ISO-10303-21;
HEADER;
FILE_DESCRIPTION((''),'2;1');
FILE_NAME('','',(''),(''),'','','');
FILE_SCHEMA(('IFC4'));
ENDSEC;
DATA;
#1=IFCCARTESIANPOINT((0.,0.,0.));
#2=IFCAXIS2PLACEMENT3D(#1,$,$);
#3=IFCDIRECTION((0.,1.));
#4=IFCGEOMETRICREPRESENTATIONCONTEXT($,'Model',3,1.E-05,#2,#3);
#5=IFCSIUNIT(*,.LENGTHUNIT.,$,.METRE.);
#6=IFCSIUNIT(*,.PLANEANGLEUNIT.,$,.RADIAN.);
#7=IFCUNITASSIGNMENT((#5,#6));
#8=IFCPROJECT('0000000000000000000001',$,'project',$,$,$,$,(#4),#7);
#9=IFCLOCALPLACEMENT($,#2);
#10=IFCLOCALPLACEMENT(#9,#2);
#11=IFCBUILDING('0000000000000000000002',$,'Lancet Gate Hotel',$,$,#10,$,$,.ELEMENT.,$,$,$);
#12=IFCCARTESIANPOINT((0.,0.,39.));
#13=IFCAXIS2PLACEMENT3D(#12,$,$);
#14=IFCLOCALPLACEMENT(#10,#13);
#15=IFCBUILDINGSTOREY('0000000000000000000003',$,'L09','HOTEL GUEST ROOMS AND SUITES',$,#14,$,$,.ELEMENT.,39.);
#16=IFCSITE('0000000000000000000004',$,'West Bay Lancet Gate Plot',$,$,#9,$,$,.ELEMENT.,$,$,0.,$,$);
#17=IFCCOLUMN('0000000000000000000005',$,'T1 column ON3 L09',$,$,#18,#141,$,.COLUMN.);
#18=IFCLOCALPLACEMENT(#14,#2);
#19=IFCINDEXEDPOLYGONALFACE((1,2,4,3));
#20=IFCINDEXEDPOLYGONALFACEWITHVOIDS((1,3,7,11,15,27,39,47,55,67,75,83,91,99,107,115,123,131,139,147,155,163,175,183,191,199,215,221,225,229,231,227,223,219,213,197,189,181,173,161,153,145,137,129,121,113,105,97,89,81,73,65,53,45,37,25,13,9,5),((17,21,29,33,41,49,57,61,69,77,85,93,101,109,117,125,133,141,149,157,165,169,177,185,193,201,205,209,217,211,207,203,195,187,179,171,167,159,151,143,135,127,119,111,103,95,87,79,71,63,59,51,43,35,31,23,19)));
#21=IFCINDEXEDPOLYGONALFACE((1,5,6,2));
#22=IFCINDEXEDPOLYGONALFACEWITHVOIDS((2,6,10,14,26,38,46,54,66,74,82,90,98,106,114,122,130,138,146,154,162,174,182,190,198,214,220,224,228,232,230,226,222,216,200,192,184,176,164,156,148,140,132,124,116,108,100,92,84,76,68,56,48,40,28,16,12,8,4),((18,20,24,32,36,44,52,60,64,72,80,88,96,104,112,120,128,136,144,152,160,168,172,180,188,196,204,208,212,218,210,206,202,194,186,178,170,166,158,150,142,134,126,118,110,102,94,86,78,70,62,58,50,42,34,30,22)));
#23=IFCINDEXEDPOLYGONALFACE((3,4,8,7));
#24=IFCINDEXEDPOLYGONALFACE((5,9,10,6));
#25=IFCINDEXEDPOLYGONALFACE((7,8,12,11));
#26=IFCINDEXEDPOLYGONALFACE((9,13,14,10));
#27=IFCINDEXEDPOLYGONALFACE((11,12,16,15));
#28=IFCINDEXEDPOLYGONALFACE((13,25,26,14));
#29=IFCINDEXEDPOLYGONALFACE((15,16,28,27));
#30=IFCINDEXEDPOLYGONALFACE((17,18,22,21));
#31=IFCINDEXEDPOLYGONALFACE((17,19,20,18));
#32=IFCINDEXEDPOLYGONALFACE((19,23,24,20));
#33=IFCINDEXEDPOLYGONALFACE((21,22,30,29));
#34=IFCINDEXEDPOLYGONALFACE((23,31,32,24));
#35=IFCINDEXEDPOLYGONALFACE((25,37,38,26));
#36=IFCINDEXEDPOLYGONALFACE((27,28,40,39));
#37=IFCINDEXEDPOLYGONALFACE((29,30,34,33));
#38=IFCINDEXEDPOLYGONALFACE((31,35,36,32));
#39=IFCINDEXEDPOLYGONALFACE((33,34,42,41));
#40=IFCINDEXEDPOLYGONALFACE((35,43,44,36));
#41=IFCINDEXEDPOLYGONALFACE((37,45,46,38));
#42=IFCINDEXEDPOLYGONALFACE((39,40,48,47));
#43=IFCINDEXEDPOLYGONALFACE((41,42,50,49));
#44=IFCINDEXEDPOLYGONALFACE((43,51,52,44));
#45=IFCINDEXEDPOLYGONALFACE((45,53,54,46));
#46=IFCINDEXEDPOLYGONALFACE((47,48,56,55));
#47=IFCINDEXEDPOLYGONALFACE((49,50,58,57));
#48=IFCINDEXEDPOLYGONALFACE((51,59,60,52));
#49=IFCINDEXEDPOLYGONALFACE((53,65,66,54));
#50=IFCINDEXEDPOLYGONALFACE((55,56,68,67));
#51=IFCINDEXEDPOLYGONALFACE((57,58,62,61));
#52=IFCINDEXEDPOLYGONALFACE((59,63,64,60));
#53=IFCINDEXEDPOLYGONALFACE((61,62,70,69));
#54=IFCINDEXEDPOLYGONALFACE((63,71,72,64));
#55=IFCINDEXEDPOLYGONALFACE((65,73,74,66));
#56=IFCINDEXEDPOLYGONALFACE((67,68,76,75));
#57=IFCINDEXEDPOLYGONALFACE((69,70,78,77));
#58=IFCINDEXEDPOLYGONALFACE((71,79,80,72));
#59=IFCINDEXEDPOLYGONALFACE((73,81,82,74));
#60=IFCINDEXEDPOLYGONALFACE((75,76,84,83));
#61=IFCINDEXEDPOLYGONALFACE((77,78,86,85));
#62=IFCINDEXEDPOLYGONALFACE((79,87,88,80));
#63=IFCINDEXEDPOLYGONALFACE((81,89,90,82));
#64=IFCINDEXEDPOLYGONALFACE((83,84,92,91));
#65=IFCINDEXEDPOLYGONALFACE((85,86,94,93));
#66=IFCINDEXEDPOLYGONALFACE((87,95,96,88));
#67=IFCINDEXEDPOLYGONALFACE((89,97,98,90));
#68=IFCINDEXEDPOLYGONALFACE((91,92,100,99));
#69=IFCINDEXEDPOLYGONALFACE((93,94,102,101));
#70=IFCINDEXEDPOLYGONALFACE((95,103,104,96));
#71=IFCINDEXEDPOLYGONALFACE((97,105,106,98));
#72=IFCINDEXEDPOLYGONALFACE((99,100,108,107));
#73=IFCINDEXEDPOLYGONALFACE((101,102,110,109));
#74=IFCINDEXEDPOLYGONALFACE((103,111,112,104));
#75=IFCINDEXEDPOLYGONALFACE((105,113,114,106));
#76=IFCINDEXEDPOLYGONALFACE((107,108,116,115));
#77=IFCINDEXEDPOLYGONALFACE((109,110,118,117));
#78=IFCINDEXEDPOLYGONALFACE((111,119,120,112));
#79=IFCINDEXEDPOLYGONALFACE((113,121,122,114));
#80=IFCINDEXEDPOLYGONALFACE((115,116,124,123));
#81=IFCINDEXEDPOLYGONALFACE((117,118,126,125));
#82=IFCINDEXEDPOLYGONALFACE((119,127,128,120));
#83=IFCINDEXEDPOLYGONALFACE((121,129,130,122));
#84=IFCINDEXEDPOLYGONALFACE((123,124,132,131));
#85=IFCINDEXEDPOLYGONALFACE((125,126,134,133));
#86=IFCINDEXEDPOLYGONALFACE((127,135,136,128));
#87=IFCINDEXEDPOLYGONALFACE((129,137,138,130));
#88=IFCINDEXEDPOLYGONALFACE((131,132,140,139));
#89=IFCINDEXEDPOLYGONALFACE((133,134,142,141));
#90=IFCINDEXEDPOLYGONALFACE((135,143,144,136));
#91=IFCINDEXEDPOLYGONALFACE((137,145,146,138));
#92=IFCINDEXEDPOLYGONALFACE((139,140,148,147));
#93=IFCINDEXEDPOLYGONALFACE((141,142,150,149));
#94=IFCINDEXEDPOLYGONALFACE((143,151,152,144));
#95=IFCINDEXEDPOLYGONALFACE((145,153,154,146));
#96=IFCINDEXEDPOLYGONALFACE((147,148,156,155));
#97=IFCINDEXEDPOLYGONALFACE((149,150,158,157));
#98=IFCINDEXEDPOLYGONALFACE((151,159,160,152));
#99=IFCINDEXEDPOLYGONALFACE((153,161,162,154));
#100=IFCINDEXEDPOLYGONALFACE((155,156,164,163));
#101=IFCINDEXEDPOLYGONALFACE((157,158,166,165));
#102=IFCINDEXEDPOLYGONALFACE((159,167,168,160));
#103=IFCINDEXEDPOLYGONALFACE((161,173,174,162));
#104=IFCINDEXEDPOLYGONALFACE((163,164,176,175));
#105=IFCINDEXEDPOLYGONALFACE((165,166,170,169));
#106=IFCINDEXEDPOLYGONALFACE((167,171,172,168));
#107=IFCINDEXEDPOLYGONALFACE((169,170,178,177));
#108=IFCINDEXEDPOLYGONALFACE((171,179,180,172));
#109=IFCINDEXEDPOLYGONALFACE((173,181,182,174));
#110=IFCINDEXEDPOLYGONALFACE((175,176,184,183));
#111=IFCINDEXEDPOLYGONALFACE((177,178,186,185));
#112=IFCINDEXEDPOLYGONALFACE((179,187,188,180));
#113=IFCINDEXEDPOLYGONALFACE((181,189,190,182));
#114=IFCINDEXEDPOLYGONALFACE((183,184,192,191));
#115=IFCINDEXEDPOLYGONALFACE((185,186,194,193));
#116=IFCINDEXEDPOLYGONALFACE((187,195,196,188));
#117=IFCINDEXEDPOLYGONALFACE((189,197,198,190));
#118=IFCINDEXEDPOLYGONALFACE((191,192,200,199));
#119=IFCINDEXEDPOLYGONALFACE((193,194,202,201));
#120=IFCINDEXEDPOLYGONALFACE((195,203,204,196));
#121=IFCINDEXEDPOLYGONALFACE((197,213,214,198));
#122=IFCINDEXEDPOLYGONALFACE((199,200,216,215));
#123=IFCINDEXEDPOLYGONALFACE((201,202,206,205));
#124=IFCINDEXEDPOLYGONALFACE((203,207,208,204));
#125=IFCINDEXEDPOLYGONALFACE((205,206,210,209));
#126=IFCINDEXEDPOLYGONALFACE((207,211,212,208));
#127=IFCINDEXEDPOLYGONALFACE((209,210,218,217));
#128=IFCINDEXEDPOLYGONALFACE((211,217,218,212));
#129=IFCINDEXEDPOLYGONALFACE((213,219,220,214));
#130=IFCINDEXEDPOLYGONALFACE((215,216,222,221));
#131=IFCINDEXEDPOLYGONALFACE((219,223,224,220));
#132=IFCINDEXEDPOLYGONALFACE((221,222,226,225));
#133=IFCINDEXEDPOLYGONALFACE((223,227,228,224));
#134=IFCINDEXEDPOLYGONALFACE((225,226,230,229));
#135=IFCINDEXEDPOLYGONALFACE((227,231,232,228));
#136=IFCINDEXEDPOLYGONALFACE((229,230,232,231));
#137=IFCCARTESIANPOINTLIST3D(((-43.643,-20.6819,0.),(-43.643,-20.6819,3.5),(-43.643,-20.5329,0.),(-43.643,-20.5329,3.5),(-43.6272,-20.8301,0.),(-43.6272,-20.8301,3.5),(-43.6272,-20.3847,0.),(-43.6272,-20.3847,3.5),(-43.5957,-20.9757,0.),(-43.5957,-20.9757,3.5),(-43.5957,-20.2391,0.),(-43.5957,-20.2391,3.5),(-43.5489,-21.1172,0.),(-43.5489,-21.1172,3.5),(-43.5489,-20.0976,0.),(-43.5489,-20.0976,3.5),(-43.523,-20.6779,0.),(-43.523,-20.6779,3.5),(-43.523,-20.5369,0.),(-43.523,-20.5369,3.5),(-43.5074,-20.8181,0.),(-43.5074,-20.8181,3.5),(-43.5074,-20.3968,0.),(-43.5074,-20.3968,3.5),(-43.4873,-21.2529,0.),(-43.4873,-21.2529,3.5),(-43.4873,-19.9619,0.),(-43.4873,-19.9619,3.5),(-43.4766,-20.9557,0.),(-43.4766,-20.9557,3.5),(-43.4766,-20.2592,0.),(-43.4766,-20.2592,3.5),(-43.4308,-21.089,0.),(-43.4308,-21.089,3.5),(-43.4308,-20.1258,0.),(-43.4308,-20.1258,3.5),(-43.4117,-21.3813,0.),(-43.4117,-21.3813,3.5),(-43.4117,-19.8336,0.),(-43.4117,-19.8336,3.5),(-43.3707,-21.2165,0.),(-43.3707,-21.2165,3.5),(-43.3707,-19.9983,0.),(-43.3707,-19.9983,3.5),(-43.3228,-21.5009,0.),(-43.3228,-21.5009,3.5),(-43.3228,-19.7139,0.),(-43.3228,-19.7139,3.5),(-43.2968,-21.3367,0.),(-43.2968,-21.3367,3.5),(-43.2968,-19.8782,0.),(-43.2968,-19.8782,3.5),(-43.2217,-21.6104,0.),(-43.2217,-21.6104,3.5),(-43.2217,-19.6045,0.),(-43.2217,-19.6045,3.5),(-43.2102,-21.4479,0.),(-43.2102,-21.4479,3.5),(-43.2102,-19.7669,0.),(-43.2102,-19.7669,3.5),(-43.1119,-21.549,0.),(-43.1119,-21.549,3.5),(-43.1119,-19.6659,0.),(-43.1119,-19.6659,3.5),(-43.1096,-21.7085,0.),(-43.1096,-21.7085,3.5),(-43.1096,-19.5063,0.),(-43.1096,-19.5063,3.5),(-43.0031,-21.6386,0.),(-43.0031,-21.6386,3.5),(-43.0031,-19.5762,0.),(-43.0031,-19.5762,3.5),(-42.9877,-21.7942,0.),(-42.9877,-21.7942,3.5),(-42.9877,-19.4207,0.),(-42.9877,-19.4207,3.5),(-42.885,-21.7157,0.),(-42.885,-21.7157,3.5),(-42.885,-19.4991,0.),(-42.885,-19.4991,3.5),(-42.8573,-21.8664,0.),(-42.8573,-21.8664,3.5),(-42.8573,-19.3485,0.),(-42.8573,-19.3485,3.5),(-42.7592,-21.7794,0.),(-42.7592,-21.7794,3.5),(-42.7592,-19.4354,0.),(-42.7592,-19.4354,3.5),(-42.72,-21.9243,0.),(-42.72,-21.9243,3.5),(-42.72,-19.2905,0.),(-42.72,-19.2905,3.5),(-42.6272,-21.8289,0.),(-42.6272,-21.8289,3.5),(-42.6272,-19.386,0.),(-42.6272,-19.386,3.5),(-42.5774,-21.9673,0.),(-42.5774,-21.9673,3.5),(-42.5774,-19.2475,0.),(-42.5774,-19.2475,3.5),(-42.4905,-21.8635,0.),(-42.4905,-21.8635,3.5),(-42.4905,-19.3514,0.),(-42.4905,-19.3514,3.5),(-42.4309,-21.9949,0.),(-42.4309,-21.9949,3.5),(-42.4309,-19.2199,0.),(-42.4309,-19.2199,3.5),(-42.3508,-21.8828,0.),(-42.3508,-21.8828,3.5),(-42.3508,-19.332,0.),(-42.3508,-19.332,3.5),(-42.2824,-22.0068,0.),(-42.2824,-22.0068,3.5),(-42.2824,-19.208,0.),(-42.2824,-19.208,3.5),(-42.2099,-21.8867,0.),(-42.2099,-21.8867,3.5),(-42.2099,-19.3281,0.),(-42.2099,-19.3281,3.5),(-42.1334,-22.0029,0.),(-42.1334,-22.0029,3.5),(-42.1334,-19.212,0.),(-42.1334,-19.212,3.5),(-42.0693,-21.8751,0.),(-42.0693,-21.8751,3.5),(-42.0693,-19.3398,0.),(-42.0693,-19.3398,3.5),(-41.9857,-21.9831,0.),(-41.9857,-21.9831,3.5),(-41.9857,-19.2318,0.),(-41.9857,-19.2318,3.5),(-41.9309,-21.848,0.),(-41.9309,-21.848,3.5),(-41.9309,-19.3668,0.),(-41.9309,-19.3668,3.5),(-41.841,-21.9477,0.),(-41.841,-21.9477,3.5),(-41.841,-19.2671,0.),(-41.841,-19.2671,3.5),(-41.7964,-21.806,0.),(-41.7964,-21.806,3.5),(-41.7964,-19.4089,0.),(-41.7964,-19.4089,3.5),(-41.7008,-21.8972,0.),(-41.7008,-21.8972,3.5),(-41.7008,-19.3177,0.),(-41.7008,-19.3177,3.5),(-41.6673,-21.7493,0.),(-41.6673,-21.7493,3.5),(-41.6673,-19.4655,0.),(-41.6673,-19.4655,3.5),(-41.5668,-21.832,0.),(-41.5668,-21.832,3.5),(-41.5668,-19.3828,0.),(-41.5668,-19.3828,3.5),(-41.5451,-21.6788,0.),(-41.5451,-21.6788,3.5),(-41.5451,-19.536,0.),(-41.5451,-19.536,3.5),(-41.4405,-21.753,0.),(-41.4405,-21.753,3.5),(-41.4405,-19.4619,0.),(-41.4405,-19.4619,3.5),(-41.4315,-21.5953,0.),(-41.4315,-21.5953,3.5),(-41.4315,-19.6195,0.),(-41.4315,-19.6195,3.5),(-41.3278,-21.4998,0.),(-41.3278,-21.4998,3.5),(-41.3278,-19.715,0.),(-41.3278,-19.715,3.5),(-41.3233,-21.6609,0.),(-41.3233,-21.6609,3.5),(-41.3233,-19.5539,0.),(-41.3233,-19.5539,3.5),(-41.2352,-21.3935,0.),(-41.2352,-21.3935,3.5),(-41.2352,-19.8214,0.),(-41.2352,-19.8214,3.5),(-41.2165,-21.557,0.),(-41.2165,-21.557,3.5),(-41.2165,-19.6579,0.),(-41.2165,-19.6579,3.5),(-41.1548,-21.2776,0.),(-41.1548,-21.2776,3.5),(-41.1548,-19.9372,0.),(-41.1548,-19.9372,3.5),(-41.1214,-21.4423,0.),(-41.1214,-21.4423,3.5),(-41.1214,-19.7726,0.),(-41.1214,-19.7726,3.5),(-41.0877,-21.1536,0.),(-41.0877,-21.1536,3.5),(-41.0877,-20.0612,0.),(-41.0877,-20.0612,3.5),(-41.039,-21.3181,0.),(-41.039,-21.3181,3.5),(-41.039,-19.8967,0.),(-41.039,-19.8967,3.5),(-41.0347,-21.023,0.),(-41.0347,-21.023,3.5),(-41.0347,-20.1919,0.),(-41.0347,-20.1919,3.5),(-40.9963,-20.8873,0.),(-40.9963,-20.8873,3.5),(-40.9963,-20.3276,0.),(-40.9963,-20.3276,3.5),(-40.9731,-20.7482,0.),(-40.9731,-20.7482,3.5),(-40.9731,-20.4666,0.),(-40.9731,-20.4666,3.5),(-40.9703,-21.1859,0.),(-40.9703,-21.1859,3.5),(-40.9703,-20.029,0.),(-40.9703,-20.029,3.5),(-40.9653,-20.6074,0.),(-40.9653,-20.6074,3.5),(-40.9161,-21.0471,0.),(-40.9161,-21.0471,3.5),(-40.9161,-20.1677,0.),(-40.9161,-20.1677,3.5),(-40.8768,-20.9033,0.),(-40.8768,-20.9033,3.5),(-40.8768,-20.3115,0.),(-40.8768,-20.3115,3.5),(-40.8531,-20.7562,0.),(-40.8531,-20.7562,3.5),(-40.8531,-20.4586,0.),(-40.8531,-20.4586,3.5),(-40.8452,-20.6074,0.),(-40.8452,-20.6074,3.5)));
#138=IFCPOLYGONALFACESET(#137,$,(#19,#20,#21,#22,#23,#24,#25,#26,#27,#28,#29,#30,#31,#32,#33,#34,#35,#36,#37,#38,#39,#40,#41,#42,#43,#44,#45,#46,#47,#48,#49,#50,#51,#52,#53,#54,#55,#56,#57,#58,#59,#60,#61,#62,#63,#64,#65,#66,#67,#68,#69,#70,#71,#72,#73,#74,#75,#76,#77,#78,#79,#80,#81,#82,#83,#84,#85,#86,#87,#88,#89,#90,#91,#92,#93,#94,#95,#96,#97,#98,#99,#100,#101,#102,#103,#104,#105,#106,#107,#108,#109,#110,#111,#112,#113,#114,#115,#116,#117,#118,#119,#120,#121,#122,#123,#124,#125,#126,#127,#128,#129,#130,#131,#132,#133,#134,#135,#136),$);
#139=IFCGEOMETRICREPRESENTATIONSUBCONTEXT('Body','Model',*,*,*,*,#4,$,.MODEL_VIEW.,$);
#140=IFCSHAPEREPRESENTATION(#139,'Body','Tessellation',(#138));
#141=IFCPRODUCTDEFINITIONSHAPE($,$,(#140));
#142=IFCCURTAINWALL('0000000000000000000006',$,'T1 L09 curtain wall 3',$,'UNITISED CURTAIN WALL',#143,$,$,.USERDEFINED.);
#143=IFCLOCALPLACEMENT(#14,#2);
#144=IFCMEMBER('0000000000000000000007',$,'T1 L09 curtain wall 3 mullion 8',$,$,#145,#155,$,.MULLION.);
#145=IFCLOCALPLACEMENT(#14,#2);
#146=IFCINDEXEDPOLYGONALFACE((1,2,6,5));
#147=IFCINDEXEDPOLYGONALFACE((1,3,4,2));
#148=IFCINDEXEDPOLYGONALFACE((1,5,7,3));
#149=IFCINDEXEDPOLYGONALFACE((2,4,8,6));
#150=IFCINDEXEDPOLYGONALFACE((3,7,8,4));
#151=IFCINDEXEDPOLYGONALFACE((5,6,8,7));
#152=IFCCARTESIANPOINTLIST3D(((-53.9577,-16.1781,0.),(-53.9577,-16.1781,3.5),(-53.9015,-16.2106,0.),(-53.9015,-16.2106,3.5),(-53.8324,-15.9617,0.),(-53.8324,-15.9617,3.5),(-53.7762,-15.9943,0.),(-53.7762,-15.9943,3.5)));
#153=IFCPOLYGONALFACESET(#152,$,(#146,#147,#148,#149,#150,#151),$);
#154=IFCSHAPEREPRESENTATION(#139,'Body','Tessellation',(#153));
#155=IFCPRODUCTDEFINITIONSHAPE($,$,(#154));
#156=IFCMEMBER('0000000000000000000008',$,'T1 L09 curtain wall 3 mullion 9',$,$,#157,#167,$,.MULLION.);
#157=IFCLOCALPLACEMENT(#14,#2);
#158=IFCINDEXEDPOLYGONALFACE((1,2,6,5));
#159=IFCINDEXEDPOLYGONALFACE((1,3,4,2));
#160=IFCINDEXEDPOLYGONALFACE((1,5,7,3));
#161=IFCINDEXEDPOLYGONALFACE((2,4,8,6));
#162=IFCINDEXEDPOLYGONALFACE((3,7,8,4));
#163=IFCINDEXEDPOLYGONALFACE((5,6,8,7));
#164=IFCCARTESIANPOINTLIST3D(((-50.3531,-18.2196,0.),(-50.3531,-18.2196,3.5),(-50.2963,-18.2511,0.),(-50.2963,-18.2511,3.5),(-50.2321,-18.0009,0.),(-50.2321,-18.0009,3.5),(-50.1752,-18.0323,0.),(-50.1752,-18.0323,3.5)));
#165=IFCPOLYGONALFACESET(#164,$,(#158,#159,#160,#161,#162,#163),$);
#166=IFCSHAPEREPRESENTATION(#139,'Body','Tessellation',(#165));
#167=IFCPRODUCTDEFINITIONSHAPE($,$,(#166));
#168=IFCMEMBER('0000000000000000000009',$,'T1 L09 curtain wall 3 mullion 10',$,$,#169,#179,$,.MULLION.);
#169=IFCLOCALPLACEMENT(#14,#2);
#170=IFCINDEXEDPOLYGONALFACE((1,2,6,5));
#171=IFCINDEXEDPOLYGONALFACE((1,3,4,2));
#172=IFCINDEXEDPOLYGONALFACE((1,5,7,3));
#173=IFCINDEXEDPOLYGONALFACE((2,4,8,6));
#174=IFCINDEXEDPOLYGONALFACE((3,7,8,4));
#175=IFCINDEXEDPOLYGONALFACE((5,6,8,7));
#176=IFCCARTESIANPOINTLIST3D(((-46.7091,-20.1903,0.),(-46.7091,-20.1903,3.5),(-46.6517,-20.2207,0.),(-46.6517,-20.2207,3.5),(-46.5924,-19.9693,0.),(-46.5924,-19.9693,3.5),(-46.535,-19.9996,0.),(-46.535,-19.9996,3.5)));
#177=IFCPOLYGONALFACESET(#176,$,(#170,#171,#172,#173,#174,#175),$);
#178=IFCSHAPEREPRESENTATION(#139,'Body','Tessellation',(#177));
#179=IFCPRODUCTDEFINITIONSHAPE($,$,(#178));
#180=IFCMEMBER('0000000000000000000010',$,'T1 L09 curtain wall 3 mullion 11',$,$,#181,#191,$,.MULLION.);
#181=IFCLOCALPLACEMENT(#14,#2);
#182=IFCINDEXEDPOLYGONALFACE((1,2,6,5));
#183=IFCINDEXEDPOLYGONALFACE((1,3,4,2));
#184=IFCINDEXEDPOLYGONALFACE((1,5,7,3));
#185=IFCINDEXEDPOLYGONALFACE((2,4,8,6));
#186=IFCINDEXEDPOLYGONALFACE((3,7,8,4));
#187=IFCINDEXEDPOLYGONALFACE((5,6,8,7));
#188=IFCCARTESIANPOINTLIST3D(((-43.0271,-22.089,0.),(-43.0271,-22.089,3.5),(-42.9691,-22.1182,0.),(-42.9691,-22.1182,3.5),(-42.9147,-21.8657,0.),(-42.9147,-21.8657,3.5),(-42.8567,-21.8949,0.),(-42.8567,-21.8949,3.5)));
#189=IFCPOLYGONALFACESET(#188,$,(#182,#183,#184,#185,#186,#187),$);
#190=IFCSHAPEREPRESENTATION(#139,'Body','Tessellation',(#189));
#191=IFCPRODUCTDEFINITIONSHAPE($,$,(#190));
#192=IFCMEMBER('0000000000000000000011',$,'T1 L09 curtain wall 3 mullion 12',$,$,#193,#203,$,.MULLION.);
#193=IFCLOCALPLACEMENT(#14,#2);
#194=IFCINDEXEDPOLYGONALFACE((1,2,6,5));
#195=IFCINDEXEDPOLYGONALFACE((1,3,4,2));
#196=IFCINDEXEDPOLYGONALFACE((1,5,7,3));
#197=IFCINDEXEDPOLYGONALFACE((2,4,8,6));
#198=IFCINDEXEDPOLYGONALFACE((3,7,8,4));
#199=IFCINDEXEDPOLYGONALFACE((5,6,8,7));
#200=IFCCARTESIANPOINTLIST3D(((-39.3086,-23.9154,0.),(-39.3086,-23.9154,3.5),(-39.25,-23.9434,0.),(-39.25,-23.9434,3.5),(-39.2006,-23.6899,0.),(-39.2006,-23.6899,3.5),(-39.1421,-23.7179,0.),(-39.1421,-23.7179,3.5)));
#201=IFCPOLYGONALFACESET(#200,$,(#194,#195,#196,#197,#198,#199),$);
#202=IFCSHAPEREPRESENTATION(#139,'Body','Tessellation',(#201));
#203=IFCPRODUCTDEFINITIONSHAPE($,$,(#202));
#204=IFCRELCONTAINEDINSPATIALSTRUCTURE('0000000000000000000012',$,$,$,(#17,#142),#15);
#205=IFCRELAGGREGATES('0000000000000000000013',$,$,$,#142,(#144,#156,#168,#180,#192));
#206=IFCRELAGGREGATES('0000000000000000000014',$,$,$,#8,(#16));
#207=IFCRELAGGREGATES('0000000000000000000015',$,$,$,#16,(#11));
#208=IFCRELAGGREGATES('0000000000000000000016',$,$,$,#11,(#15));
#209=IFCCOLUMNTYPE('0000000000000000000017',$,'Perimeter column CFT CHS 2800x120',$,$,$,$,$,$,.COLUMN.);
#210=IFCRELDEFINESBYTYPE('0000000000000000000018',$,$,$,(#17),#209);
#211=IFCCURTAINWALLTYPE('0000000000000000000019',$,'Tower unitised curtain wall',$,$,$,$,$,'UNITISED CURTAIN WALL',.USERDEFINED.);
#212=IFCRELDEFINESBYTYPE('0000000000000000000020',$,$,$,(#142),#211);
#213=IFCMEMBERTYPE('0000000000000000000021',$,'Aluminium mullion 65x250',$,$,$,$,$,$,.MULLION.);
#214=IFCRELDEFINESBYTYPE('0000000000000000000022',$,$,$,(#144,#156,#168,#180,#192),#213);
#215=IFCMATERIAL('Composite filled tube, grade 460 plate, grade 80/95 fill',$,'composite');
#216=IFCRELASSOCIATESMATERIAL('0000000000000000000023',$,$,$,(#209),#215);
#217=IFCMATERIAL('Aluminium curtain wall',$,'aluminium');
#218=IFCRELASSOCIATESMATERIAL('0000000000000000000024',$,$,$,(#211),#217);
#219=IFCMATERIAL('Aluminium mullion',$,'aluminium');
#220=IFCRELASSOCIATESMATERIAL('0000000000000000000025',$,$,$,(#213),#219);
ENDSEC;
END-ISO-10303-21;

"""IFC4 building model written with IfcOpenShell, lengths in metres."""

from ifc_helpers import new_model, si_unit, direction, frame, origin, origin_2d, place, context, subcontext, project, spatial, rectangle, hollow_circle, extrude, material, material_profile, profile_set, type_object, element, aggregate, save


model = new_model("IFC4")

# Units and contexts
model_context = context("Model", 3, precision=1e-05, world=origin(), true_north=direction((0.0, 1.0)))
body_context = subcontext(model_context, "Body", "Model", "MODEL_VIEW")
ifc_project = project(units=[si_unit("LENGTHUNIT", "METRE"), si_unit("PLANEANGLEUNIT", "RADIAN")], contexts=[model_context])

# Site, building, storey
site_placement = place(None, origin())
site = spatial("IfcSite", under=ifc_project, at=site_placement, Name="West Bay Lancet Gate Plot", CompositionType="ELEMENT", RefElevation=0.0)
building_placement = place(site_placement, origin())
building = spatial("IfcBuilding", under=site, at=building_placement, Name="Lancet Gate Hotel", CompositionType="ELEMENT")
storey_placement = place(building_placement, frame((0.0, 0.0, 39.0)))
storey = spatial("IfcBuildingStorey", under=building, at=storey_placement, Name="L09", Description="HOTEL GUEST ROOMS AND SUITES", CompositionType="ELEMENT", Elevation=39.0)

# Column
ifc_material_1 = material(Name="Composite filled tube, grade 460 plate, grade 80/95 fill", Category="composite")
ifc_material_profile_1 = material_profile(ifc_material_1, hollow_circle(Radius=1.3999, WallThickness=0.1201, at=origin_2d()), Name="CHS 2800x120")
ifc_profile_set_1 = profile_set([ifc_material_profile_1], Name="Composite filled tube, grade 460 plate, grade 80/95 fill")
column_type = type_object("IfcColumnType", Name="Perimeter column CFT CHS 2800x120", PredefinedType="COLUMN", material=ifc_profile_set_1)
for number, where, z_axis, x_axis, name in (
    (1, (-42.2451, -20.6074, 0.0), (0.0, 0.0, 1.0), (1.0, 0.0, 0.0), "T1 column ON3 L09"),
):
    element("IfcColumn", number, at=place(storey_placement, frame(where, z_axis=z_axis, x_axis=x_axis)), inside=storey, type_object=column_type, Name=name, PredefinedType="COLUMN", context=body_context, shape_type="SweptSolid", body=[
        extrude(hollow_circle(Radius=1.3999, WallThickness=0.1201, at=origin_2d()), origin(), (0.0, 0.0, 1.0), 3.5),
    ])

# Curtain wall, members
ifc_material_2 = material(Name="Aluminium curtain wall", Category="aluminium")
curtain_wall_type = type_object("IfcCurtainWallType", Name="Tower unitised curtain wall", ElementType="UNITISED CURTAIN WALL", PredefinedType="USERDEFINED", material=ifc_material_2)
curtain_wall_placement = place(storey_placement, origin())
curtain_wall = element("IfcCurtainWall", 2, at=curtain_wall_placement, inside=storey, type_object=curtain_wall_type, Name="T1 L09 curtain wall 3", ObjectType="UNITISED CURTAIN WALL", PredefinedType="USERDEFINED")
ifc_material_3 = material(Name="Aluminium mullion", Category="aluminium")
ifc_material_profile_2 = material_profile(ifc_material_3, rectangle(XDim=0.0649, YDim=0.25, at=origin_2d()), Name="MULLION 65x250")
ifc_profile_set_2 = profile_set([ifc_material_profile_2], Name="Aluminium mullion")
member_type_1 = type_object("IfcMemberType", Name="Aluminium mullion 65x250", PredefinedType="MULLION", material=ifc_profile_set_2)
member_1_placement = place(storey_placement, frame((-53.8669, -16.0862, 0.0), z_axis=(0.0, 0.0, 1.0), x_axis=(0.865335, -0.501194, 0.0)))
member_1 = element("IfcMember", 3, at=member_1_placement, type_object=member_type_1, Name="T1 L09 curtain wall 3 mullion 8", PredefinedType="MULLION", context=body_context, shape_type="SweptSolid", body=[
    extrude(rectangle(XDim=0.0649, YDim=0.25, at=origin_2d()), origin(), (0.0, 0.0, 1.0), 3.5),
])
member_2_placement = place(storey_placement, frame((-50.2642, -18.126, 0.0), z_axis=(0.0, 0.0, 1.0), x_axis=(0.874991, -0.484139, 0.0)))
member_2 = element("IfcMember", 4, at=member_2_placement, type_object=member_type_1, Name="T1 L09 curtain wall 3 mullion 9", PredefinedType="MULLION", context=body_context, shape_type="SweptSolid", body=[
    extrude(rectangle(XDim=0.0649, YDim=0.25, at=origin_2d()), origin(), (0.0, 0.0, 1.0), 3.5),
])
member_3_placement = place(storey_placement, frame((-46.6221, -20.095, 0.0), z_axis=(0.0, 0.0, 1.0), x_axis=(0.884311, -0.466898, 0.0)))
member_3 = element("IfcMember", 5, at=member_3_placement, type_object=member_type_1, Name="T1 L09 curtain wall 3 mullion 10", PredefinedType="MULLION", context=body_context, shape_type="SweptSolid", body=[
    extrude(rectangle(XDim=0.0649, YDim=0.25, at=origin_2d()), origin(), (0.0, 0.0, 1.0), 3.5),
])
member_4_placement = place(storey_placement, frame((-42.9419, -21.9919, 0.0), z_axis=(0.0, 0.0, 1.0), x_axis=(0.893292, -0.449478, 0.0)))
member_4 = element("IfcMember", 6, at=member_4_placement, type_object=member_type_1, Name="T1 L09 curtain wall 3 mullion 11", PredefinedType="MULLION", context=body_context, shape_type="SweptSolid", body=[
    extrude(rectangle(XDim=0.0649, YDim=0.25, at=origin_2d()), origin(), (0.0, 0.0, 1.0), 3.5),
])
member_5_placement = place(storey_placement, frame((-39.2253, -23.8167, 0.0), z_axis=(0.0, 0.0, 1.0), x_axis=(0.901929, -0.431885, 0.0)))
member_5 = element("IfcMember", 7, at=member_5_placement, type_object=member_type_1, Name="T1 L09 curtain wall 3 mullion 12", PredefinedType="MULLION", context=body_context, shape_type="SweptSolid", body=[
    extrude(rectangle(XDim=0.0649, YDim=0.25, at=origin_2d()), origin(), (0.0, 0.0, 1.0), 3.5),
])

aggregate(curtain_wall, [member_1, member_2, member_3, member_4, member_5])

save(model, "model.ifc")
